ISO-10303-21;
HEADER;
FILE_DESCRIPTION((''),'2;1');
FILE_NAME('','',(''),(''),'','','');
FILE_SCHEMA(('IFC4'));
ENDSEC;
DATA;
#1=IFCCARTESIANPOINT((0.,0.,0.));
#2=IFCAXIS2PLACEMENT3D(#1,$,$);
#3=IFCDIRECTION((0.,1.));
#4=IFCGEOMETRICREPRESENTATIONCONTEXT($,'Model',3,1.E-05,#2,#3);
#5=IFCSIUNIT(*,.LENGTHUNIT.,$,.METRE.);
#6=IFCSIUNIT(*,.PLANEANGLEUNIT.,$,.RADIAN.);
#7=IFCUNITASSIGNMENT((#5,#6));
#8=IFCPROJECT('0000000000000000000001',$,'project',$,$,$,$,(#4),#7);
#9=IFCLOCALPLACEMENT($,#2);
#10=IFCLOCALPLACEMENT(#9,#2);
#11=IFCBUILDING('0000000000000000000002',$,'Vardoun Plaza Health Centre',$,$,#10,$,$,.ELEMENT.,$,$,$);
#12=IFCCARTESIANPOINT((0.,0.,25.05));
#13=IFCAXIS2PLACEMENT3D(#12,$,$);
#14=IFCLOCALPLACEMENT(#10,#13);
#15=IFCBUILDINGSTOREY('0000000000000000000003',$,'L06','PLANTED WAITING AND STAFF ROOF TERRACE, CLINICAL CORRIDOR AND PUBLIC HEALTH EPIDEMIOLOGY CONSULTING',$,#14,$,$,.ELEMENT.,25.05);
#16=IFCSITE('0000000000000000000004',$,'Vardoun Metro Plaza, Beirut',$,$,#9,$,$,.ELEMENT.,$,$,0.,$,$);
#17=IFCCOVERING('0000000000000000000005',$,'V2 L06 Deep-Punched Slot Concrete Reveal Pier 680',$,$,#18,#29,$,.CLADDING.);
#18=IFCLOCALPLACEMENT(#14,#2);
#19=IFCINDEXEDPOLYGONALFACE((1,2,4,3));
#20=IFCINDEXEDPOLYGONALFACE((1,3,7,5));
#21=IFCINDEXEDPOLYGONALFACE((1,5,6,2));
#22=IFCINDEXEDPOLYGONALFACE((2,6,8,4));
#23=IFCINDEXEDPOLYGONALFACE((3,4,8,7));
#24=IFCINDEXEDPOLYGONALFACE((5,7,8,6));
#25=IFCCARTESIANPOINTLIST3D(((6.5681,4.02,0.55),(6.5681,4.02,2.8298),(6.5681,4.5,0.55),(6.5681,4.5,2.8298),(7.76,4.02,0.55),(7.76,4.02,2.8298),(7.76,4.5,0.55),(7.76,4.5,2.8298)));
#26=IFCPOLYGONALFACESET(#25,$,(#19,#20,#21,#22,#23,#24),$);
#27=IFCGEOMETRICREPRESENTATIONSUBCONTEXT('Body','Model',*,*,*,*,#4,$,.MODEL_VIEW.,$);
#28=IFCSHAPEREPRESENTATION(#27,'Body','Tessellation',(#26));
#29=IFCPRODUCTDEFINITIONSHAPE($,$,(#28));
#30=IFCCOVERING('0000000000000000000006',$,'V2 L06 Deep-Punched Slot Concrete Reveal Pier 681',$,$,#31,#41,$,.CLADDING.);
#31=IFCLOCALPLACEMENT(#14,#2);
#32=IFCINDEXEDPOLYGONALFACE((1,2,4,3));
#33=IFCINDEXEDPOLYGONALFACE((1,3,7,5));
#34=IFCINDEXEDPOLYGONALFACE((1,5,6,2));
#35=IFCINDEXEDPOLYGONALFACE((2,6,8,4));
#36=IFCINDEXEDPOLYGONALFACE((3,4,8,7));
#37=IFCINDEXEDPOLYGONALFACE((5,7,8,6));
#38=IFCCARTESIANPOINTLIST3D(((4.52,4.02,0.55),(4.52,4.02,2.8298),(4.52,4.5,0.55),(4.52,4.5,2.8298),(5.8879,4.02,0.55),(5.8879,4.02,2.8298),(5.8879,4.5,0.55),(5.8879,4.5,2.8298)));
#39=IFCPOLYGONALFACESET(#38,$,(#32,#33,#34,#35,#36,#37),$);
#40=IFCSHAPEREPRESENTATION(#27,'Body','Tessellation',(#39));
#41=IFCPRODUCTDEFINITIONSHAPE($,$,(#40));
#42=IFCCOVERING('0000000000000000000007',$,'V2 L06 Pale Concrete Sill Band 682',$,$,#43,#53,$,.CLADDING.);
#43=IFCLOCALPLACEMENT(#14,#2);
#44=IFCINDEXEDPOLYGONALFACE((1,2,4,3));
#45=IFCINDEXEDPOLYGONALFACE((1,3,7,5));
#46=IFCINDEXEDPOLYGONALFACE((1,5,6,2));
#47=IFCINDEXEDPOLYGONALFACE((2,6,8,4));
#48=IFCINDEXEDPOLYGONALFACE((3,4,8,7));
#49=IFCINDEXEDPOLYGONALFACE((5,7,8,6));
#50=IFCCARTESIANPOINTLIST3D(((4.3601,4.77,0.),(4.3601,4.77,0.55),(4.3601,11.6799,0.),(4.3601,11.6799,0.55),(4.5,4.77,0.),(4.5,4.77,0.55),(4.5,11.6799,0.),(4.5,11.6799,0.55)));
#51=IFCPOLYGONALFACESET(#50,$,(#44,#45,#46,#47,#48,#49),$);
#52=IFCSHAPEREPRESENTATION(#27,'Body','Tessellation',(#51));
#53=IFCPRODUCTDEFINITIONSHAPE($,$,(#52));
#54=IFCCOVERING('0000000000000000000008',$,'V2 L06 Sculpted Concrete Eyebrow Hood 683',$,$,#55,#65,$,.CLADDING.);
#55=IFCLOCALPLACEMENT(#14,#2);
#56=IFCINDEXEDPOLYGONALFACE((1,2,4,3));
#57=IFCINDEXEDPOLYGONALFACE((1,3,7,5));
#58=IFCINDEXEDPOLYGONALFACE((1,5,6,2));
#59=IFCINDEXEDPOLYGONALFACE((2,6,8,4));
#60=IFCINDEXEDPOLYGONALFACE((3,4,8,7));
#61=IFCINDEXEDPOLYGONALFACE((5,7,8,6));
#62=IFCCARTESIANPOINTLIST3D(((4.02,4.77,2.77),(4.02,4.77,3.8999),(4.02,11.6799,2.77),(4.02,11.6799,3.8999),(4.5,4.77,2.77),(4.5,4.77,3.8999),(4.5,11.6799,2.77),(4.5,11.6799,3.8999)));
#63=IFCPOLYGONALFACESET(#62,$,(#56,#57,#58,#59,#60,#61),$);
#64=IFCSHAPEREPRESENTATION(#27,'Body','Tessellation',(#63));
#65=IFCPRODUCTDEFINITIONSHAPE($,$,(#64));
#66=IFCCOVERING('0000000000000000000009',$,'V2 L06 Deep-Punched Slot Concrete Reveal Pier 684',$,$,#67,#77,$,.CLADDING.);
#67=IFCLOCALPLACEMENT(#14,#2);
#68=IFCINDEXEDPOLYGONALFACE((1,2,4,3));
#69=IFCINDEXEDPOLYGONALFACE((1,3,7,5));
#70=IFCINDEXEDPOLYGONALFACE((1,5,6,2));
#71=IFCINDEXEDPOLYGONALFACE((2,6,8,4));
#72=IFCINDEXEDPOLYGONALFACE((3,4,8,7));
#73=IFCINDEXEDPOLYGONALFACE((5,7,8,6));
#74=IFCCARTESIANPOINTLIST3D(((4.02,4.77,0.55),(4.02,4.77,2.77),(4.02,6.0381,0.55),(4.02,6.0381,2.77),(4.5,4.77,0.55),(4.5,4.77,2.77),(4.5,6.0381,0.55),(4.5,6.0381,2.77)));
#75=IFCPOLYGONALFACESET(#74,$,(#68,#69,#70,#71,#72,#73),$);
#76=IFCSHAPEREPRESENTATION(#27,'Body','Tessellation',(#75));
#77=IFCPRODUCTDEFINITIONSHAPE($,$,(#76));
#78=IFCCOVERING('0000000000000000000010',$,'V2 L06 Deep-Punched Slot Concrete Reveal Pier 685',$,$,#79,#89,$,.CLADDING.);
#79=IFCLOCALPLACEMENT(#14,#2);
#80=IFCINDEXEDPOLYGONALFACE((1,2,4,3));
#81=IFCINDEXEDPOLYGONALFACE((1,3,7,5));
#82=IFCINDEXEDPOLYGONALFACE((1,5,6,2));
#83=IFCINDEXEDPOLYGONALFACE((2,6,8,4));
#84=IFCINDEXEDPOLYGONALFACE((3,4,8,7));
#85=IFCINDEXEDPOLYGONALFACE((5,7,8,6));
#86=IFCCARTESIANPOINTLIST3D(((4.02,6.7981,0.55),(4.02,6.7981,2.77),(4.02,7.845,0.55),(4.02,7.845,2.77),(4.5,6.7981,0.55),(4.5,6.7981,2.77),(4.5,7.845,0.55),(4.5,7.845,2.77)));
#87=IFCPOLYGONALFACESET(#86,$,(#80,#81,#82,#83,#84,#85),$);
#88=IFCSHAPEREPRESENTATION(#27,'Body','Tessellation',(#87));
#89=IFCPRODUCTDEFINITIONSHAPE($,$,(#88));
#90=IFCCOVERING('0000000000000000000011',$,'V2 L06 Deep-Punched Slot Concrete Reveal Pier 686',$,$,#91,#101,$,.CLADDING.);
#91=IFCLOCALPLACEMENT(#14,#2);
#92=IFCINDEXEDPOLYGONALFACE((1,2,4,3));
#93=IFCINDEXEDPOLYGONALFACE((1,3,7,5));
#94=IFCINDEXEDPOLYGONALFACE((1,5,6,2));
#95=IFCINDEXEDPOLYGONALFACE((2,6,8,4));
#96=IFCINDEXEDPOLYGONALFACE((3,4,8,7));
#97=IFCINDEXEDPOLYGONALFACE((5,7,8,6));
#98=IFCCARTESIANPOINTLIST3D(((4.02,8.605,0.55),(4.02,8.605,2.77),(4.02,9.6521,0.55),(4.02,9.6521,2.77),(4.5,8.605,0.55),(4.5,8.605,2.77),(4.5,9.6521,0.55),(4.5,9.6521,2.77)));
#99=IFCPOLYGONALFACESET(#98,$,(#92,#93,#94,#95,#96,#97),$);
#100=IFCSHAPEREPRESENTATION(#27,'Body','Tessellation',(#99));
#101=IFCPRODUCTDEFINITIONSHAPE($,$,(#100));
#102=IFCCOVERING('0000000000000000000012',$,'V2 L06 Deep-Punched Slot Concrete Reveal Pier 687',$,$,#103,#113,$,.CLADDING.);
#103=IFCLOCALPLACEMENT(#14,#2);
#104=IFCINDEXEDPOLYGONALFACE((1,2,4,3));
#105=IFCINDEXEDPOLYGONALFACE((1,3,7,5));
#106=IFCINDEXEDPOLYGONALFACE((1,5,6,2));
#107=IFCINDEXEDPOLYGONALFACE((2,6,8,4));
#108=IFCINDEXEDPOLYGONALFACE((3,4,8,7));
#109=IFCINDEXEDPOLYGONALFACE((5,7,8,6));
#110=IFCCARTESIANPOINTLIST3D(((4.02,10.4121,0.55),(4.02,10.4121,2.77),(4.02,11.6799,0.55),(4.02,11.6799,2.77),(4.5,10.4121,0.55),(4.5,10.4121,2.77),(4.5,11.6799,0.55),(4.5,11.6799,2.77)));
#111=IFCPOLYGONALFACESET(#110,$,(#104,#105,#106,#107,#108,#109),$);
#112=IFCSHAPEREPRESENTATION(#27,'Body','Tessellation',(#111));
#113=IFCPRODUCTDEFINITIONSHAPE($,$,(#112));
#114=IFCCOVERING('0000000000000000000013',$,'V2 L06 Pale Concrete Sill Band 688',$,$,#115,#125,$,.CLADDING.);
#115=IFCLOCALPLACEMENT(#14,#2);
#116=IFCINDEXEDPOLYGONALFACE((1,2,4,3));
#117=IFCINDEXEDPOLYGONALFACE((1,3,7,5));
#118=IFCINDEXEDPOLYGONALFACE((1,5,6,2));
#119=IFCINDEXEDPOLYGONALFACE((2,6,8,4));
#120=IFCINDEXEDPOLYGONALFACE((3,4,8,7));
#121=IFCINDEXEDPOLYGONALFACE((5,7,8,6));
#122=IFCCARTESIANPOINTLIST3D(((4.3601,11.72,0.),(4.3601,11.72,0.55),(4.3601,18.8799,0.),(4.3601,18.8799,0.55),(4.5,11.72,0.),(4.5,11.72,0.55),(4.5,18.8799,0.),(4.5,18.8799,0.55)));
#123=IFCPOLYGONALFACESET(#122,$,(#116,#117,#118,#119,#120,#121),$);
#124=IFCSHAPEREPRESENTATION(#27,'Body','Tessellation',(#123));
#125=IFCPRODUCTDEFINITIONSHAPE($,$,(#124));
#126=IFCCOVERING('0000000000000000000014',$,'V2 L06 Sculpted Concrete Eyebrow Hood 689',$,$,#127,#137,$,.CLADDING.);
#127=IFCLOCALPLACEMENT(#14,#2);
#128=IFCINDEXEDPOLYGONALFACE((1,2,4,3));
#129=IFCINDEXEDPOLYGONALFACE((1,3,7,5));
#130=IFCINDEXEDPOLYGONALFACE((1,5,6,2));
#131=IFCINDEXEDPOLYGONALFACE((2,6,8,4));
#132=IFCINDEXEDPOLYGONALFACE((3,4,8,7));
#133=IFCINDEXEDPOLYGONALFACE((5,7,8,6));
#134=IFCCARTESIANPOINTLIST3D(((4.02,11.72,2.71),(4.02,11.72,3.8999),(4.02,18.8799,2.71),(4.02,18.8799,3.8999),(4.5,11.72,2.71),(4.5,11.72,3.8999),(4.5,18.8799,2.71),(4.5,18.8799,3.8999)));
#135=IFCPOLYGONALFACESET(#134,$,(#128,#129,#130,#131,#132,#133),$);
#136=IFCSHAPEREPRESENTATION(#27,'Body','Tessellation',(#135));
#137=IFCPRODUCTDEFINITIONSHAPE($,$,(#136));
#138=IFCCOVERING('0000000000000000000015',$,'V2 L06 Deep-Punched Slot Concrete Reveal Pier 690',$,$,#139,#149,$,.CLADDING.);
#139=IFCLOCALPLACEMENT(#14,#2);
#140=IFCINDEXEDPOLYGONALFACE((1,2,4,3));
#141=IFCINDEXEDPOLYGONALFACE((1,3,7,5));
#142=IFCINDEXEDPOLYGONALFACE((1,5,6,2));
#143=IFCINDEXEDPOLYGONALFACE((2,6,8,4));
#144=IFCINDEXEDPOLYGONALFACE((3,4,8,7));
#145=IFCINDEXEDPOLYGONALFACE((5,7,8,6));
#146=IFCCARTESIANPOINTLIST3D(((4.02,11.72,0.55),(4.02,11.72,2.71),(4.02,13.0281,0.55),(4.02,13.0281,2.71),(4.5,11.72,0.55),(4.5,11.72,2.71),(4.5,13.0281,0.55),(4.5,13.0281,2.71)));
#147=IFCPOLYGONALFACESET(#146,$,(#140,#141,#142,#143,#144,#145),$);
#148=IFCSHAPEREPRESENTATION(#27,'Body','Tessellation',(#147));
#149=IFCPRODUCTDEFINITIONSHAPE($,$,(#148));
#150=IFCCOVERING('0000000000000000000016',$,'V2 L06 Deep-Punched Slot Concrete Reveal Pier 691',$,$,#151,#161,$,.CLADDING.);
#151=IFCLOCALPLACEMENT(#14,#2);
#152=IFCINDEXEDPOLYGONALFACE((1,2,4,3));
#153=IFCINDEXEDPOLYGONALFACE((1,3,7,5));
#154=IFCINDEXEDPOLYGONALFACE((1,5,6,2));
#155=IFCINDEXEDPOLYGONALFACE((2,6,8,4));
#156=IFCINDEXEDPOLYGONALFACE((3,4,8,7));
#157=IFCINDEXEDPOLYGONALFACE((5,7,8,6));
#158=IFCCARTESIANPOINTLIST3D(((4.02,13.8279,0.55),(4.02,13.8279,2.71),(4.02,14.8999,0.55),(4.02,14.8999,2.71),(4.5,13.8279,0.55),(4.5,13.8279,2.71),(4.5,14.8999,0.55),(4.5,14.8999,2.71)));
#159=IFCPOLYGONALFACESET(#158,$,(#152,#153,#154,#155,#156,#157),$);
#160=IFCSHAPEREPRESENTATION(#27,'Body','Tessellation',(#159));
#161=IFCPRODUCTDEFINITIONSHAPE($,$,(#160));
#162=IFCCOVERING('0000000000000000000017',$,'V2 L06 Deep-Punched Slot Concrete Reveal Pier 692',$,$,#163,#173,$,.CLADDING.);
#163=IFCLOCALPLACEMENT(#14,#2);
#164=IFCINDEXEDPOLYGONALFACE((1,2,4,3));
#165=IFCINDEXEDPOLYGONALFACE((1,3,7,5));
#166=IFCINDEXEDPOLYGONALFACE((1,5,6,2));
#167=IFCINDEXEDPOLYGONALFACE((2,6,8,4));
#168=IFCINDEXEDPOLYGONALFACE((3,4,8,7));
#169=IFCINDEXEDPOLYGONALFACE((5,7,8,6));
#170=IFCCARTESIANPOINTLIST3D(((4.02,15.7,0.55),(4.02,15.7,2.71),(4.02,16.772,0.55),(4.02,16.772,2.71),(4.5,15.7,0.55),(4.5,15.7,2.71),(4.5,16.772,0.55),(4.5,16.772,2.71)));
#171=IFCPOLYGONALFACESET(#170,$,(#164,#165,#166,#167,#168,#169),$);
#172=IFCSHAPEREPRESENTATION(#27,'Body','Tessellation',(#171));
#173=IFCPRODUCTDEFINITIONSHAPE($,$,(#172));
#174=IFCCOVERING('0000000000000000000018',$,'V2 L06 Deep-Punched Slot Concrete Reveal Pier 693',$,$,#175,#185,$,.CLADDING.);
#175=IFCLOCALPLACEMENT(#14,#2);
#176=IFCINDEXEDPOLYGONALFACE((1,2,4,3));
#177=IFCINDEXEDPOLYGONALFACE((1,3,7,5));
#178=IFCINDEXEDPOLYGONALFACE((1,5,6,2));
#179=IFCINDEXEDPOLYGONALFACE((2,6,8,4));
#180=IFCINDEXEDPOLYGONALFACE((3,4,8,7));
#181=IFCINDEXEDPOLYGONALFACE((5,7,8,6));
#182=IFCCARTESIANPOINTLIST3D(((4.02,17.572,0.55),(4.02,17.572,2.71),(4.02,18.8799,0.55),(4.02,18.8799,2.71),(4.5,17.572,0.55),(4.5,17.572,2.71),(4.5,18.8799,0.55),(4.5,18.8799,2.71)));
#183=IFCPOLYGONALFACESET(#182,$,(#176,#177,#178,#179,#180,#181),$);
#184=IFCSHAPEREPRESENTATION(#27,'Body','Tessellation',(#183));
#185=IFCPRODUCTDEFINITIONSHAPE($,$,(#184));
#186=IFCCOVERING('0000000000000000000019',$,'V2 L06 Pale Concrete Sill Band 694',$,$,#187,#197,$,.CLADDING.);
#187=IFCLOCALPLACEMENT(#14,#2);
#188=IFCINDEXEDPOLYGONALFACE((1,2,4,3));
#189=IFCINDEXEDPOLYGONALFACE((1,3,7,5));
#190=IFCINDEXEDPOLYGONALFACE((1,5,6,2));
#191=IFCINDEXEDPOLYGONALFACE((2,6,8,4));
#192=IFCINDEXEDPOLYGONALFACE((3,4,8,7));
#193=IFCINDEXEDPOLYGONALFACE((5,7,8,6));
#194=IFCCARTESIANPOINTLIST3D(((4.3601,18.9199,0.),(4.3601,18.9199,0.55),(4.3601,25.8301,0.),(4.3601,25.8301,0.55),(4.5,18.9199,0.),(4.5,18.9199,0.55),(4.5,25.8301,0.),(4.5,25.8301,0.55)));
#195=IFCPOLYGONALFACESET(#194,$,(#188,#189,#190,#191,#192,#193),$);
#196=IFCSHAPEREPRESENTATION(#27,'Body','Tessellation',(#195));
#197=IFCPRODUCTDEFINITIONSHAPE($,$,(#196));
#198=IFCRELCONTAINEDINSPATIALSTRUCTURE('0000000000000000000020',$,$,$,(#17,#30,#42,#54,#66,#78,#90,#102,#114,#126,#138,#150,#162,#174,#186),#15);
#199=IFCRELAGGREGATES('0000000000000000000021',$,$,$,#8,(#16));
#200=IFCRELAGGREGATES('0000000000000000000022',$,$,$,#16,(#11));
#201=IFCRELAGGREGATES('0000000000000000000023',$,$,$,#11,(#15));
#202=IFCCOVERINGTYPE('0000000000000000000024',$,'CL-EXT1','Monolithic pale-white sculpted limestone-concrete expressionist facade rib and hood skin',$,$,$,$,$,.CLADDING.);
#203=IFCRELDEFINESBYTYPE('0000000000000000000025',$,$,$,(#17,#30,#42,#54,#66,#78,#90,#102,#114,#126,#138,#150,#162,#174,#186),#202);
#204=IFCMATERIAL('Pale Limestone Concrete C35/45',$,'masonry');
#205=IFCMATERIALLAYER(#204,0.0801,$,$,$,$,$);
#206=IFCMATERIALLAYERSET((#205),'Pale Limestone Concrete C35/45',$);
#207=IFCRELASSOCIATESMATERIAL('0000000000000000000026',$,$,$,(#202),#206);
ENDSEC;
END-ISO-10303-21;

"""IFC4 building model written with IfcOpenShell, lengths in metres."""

from ifc_helpers import new_model, si_unit, direction, frame, origin, place, context, subcontext, project, spatial, polyline, outline, extrude, material, layer, layer_set, type_object, element, save


model = new_model("IFC4")

# Units and contexts
model_context = context("Model", 3, precision=1e-05, world=origin(), true_north=direction((0.0, 1.0)))
body_context = subcontext(model_context, "Body", "Model", "MODEL_VIEW")
ifc_project = project(units=[si_unit("LENGTHUNIT", "METRE"), si_unit("PLANEANGLEUNIT", "RADIAN")], contexts=[model_context])

# Site, building, storey
site_placement = place(None, origin())
site = spatial("IfcSite", under=ifc_project, at=site_placement, Name="Vardoun Metro Plaza, Beirut", CompositionType="ELEMENT", RefElevation=0.0)
building_placement = place(site_placement, origin())
building = spatial("IfcBuilding", under=site, at=building_placement, Name="Vardoun Plaza Health Centre", CompositionType="ELEMENT")
storey_placement = place(building_placement, frame((0.0, 0.0, 25.05)))
storey = spatial("IfcBuildingStorey", under=building, at=storey_placement, Name="L06", Description="PLANTED WAITING AND STAFF ROOF TERRACE, CLINICAL CORRIDOR AND PUBLIC HEALTH EPIDEMIOLOGY CONSULTING", CompositionType="ELEMENT", Elevation=25.05)

# Coverings
ifc_material = material(Name="Pale Limestone Concrete C35/45", Category="masonry")
ifc_layer = layer(ifc_material, 0.0801)
ifc_layer_set = layer_set([ifc_layer], Name="Pale Limestone Concrete C35/45")
covering_type = type_object("IfcCoveringType", Name="CL-EXT1", Description="Monolithic pale-white sculpted limestone-concrete expressionist facade rib and hood skin", PredefinedType="CLADDING", material=ifc_layer_set)
covering_1_placement = place(storey_placement, frame((0.0, 0.0, 0.55)))
element("IfcCovering", 1, at=covering_1_placement, inside=storey, type_object=covering_type, Name="V2 L06 Deep-Punched Slot Concrete Reveal Pier 680", PredefinedType="CLADDING", context=body_context, shape_type="SweptSolid", body=[
    extrude(outline(polyline([(7.76, 4.5), (6.5681, 4.5), (6.5681, 4.02), (7.76, 4.02), (7.76, 4.5)])), origin(), (0.0, 0.0, 1.0), 2.2798),
])
covering_2_placement = place(storey_placement, frame((0.0, 0.0, 0.55)))
element("IfcCovering", 2, at=covering_2_placement, inside=storey, type_object=covering_type, Name="V2 L06 Deep-Punched Slot Concrete Reveal Pier 681", PredefinedType="CLADDING", context=body_context, shape_type="SweptSolid", body=[
    extrude(outline(polyline([(5.8879, 4.5), (4.52, 4.5), (4.52, 4.02), (5.8879, 4.02), (5.8879, 4.5)])), origin(), (0.0, 0.0, 1.0), 2.2798),
])
covering_3_placement = place(storey_placement, origin())
element("IfcCovering", 3, at=covering_3_placement, inside=storey, type_object=covering_type, Name="V2 L06 Pale Concrete Sill Band 682", PredefinedType="CLADDING", context=body_context, shape_type="SweptSolid", body=[
    extrude(outline(polyline([(4.5, 4.77), (4.5, 11.6799), (4.3601, 11.6799), (4.3601, 4.77), (4.5, 4.77)])), origin(), (0.0, 0.0, 1.0), 0.55),
])
covering_4_placement = place(storey_placement, frame((0.0, 0.0, 2.77)))
element("IfcCovering", 4, at=covering_4_placement, inside=storey, type_object=covering_type, Name="V2 L06 Sculpted Concrete Eyebrow Hood 683", PredefinedType="CLADDING", context=body_context, shape_type="SweptSolid", body=[
    extrude(outline(polyline([(4.5, 4.77), (4.5, 11.6799), (4.02, 11.6799), (4.02, 4.77), (4.5, 4.77)])), origin(), (0.0, 0.0, 1.0), 1.1299),
])
covering_5_placement = place(storey_placement, frame((0.0, 0.0, 0.55)))
element("IfcCovering", 5, at=covering_5_placement, inside=storey, type_object=covering_type, Name="V2 L06 Deep-Punched Slot Concrete Reveal Pier 684", PredefinedType="CLADDING", context=body_context, shape_type="SweptSolid", body=[
    extrude(outline(polyline([(4.5, 4.77), (4.5, 6.0381), (4.02, 6.0381), (4.02, 4.77), (4.5, 4.77)])), origin(), (0.0, 0.0, 1.0), 2.22),
])
covering_6_placement = place(storey_placement, frame((0.0, 0.0, 0.55)))
element("IfcCovering", 6, at=covering_6_placement, inside=storey, type_object=covering_type, Name="V2 L06 Deep-Punched Slot Concrete Reveal Pier 685", PredefinedType="CLADDING", context=body_context, shape_type="SweptSolid", body=[
    extrude(outline(polyline([(4.5, 6.7981), (4.5, 7.845), (4.02, 7.845), (4.02, 6.7981), (4.5, 6.7981)])), origin(), (0.0, 0.0, 1.0), 2.22),
])
covering_7_placement = place(storey_placement, frame((0.0, 0.0, 0.55)))
element("IfcCovering", 7, at=covering_7_placement, inside=storey, type_object=covering_type, Name="V2 L06 Deep-Punched Slot Concrete Reveal Pier 686", PredefinedType="CLADDING", context=body_context, shape_type="SweptSolid", body=[
    extrude(outline(polyline([(4.5, 8.605), (4.5, 9.6521), (4.02, 9.6521), (4.02, 8.605), (4.5, 8.605)])), origin(), (0.0, 0.0, 1.0), 2.22),
])
covering_8_placement = place(storey_placement, frame((0.0, 0.0, 0.55)))
element("IfcCovering", 8, at=covering_8_placement, inside=storey, type_object=covering_type, Name="V2 L06 Deep-Punched Slot Concrete Reveal Pier 687", PredefinedType="CLADDING", context=body_context, shape_type="SweptSolid", body=[
    extrude(outline(polyline([(4.5, 10.4121), (4.5, 11.6799), (4.02, 11.6799), (4.02, 10.4121), (4.5, 10.4121)])), origin(), (0.0, 0.0, 1.0), 2.22),
])
covering_9_placement = place(storey_placement, origin())
element("IfcCovering", 9, at=covering_9_placement, inside=storey, type_object=covering_type, Name="V2 L06 Pale Concrete Sill Band 688", PredefinedType="CLADDING", context=body_context, shape_type="SweptSolid", body=[
    extrude(outline(polyline([(4.5, 11.72), (4.5, 18.8799), (4.3601, 18.8799), (4.3601, 11.72), (4.5, 11.72)])), origin(), (0.0, 0.0, 1.0), 0.55),
])
covering_10_placement = place(storey_placement, frame((0.0, 0.0, 2.71)))
element("IfcCovering", 10, at=covering_10_placement, inside=storey, type_object=covering_type, Name="V2 L06 Sculpted Concrete Eyebrow Hood 689", PredefinedType="CLADDING", context=body_context, shape_type="SweptSolid", body=[
    extrude(outline(polyline([(4.5, 11.72), (4.5, 18.8799), (4.02, 18.8799), (4.02, 11.72), (4.5, 11.72)])), origin(), (0.0, 0.0, 1.0), 1.1899),
])
covering_11_placement = place(storey_placement, frame((0.0, 0.0, 0.55)))
element("IfcCovering", 11, at=covering_11_placement, inside=storey, type_object=covering_type, Name="V2 L06 Deep-Punched Slot Concrete Reveal Pier 690", PredefinedType="CLADDING", context=body_context, shape_type="SweptSolid", body=[
    extrude(outline(polyline([(4.5, 11.72), (4.5, 13.0281), (4.02, 13.0281), (4.02, 11.72), (4.5, 11.72)])), origin(), (0.0, 0.0, 1.0), 2.1599),
])
covering_12_placement = place(storey_placement, frame((0.0, 0.0, 0.55)))
element("IfcCovering", 12, at=covering_12_placement, inside=storey, type_object=covering_type, Name="V2 L06 Deep-Punched Slot Concrete Reveal Pier 691", PredefinedType="CLADDING", context=body_context, shape_type="SweptSolid", body=[
    extrude(outline(polyline([(4.5, 13.8279), (4.5, 14.8999), (4.02, 14.8999), (4.02, 13.8279), (4.5, 13.8279)])), origin(), (0.0, 0.0, 1.0), 2.1599),
])
covering_13_placement = place(storey_placement, frame((0.0, 0.0, 0.55)))
element("IfcCovering", 13, at=covering_13_placement, inside=storey, type_object=covering_type, Name="V2 L06 Deep-Punched Slot Concrete Reveal Pier 692", PredefinedType="CLADDING", context=body_context, shape_type="SweptSolid", body=[
    extrude(outline(polyline([(4.5, 15.7), (4.5, 16.772), (4.02, 16.772), (4.02, 15.7), (4.5, 15.7)])), origin(), (0.0, 0.0, 1.0), 2.1599),
])
covering_14_placement = place(storey_placement, frame((0.0, 0.0, 0.55)))
element("IfcCovering", 14, at=covering_14_placement, inside=storey, type_object=covering_type, Name="V2 L06 Deep-Punched Slot Concrete Reveal Pier 693", PredefinedType="CLADDING", context=body_context, shape_type="SweptSolid", body=[
    extrude(outline(polyline([(4.5, 17.572), (4.5, 18.8799), (4.02, 18.8799), (4.02, 17.572), (4.5, 17.572)])), origin(), (0.0, 0.0, 1.0), 2.1599),
])
covering_15_placement = place(storey_placement, origin())
element("IfcCovering", 15, at=covering_15_placement, inside=storey, type_object=covering_type, Name="V2 L06 Pale Concrete Sill Band 694", PredefinedType="CLADDING", context=body_context, shape_type="SweptSolid", body=[
    extrude(outline(polyline([(4.5, 18.9199), (4.5, 25.8301), (4.3601, 25.8301), (4.3601, 18.9199), (4.5, 18.9199)])), origin(), (0.0, 0.0, 1.0), 0.55),
])

save(model, "model.ifc")
